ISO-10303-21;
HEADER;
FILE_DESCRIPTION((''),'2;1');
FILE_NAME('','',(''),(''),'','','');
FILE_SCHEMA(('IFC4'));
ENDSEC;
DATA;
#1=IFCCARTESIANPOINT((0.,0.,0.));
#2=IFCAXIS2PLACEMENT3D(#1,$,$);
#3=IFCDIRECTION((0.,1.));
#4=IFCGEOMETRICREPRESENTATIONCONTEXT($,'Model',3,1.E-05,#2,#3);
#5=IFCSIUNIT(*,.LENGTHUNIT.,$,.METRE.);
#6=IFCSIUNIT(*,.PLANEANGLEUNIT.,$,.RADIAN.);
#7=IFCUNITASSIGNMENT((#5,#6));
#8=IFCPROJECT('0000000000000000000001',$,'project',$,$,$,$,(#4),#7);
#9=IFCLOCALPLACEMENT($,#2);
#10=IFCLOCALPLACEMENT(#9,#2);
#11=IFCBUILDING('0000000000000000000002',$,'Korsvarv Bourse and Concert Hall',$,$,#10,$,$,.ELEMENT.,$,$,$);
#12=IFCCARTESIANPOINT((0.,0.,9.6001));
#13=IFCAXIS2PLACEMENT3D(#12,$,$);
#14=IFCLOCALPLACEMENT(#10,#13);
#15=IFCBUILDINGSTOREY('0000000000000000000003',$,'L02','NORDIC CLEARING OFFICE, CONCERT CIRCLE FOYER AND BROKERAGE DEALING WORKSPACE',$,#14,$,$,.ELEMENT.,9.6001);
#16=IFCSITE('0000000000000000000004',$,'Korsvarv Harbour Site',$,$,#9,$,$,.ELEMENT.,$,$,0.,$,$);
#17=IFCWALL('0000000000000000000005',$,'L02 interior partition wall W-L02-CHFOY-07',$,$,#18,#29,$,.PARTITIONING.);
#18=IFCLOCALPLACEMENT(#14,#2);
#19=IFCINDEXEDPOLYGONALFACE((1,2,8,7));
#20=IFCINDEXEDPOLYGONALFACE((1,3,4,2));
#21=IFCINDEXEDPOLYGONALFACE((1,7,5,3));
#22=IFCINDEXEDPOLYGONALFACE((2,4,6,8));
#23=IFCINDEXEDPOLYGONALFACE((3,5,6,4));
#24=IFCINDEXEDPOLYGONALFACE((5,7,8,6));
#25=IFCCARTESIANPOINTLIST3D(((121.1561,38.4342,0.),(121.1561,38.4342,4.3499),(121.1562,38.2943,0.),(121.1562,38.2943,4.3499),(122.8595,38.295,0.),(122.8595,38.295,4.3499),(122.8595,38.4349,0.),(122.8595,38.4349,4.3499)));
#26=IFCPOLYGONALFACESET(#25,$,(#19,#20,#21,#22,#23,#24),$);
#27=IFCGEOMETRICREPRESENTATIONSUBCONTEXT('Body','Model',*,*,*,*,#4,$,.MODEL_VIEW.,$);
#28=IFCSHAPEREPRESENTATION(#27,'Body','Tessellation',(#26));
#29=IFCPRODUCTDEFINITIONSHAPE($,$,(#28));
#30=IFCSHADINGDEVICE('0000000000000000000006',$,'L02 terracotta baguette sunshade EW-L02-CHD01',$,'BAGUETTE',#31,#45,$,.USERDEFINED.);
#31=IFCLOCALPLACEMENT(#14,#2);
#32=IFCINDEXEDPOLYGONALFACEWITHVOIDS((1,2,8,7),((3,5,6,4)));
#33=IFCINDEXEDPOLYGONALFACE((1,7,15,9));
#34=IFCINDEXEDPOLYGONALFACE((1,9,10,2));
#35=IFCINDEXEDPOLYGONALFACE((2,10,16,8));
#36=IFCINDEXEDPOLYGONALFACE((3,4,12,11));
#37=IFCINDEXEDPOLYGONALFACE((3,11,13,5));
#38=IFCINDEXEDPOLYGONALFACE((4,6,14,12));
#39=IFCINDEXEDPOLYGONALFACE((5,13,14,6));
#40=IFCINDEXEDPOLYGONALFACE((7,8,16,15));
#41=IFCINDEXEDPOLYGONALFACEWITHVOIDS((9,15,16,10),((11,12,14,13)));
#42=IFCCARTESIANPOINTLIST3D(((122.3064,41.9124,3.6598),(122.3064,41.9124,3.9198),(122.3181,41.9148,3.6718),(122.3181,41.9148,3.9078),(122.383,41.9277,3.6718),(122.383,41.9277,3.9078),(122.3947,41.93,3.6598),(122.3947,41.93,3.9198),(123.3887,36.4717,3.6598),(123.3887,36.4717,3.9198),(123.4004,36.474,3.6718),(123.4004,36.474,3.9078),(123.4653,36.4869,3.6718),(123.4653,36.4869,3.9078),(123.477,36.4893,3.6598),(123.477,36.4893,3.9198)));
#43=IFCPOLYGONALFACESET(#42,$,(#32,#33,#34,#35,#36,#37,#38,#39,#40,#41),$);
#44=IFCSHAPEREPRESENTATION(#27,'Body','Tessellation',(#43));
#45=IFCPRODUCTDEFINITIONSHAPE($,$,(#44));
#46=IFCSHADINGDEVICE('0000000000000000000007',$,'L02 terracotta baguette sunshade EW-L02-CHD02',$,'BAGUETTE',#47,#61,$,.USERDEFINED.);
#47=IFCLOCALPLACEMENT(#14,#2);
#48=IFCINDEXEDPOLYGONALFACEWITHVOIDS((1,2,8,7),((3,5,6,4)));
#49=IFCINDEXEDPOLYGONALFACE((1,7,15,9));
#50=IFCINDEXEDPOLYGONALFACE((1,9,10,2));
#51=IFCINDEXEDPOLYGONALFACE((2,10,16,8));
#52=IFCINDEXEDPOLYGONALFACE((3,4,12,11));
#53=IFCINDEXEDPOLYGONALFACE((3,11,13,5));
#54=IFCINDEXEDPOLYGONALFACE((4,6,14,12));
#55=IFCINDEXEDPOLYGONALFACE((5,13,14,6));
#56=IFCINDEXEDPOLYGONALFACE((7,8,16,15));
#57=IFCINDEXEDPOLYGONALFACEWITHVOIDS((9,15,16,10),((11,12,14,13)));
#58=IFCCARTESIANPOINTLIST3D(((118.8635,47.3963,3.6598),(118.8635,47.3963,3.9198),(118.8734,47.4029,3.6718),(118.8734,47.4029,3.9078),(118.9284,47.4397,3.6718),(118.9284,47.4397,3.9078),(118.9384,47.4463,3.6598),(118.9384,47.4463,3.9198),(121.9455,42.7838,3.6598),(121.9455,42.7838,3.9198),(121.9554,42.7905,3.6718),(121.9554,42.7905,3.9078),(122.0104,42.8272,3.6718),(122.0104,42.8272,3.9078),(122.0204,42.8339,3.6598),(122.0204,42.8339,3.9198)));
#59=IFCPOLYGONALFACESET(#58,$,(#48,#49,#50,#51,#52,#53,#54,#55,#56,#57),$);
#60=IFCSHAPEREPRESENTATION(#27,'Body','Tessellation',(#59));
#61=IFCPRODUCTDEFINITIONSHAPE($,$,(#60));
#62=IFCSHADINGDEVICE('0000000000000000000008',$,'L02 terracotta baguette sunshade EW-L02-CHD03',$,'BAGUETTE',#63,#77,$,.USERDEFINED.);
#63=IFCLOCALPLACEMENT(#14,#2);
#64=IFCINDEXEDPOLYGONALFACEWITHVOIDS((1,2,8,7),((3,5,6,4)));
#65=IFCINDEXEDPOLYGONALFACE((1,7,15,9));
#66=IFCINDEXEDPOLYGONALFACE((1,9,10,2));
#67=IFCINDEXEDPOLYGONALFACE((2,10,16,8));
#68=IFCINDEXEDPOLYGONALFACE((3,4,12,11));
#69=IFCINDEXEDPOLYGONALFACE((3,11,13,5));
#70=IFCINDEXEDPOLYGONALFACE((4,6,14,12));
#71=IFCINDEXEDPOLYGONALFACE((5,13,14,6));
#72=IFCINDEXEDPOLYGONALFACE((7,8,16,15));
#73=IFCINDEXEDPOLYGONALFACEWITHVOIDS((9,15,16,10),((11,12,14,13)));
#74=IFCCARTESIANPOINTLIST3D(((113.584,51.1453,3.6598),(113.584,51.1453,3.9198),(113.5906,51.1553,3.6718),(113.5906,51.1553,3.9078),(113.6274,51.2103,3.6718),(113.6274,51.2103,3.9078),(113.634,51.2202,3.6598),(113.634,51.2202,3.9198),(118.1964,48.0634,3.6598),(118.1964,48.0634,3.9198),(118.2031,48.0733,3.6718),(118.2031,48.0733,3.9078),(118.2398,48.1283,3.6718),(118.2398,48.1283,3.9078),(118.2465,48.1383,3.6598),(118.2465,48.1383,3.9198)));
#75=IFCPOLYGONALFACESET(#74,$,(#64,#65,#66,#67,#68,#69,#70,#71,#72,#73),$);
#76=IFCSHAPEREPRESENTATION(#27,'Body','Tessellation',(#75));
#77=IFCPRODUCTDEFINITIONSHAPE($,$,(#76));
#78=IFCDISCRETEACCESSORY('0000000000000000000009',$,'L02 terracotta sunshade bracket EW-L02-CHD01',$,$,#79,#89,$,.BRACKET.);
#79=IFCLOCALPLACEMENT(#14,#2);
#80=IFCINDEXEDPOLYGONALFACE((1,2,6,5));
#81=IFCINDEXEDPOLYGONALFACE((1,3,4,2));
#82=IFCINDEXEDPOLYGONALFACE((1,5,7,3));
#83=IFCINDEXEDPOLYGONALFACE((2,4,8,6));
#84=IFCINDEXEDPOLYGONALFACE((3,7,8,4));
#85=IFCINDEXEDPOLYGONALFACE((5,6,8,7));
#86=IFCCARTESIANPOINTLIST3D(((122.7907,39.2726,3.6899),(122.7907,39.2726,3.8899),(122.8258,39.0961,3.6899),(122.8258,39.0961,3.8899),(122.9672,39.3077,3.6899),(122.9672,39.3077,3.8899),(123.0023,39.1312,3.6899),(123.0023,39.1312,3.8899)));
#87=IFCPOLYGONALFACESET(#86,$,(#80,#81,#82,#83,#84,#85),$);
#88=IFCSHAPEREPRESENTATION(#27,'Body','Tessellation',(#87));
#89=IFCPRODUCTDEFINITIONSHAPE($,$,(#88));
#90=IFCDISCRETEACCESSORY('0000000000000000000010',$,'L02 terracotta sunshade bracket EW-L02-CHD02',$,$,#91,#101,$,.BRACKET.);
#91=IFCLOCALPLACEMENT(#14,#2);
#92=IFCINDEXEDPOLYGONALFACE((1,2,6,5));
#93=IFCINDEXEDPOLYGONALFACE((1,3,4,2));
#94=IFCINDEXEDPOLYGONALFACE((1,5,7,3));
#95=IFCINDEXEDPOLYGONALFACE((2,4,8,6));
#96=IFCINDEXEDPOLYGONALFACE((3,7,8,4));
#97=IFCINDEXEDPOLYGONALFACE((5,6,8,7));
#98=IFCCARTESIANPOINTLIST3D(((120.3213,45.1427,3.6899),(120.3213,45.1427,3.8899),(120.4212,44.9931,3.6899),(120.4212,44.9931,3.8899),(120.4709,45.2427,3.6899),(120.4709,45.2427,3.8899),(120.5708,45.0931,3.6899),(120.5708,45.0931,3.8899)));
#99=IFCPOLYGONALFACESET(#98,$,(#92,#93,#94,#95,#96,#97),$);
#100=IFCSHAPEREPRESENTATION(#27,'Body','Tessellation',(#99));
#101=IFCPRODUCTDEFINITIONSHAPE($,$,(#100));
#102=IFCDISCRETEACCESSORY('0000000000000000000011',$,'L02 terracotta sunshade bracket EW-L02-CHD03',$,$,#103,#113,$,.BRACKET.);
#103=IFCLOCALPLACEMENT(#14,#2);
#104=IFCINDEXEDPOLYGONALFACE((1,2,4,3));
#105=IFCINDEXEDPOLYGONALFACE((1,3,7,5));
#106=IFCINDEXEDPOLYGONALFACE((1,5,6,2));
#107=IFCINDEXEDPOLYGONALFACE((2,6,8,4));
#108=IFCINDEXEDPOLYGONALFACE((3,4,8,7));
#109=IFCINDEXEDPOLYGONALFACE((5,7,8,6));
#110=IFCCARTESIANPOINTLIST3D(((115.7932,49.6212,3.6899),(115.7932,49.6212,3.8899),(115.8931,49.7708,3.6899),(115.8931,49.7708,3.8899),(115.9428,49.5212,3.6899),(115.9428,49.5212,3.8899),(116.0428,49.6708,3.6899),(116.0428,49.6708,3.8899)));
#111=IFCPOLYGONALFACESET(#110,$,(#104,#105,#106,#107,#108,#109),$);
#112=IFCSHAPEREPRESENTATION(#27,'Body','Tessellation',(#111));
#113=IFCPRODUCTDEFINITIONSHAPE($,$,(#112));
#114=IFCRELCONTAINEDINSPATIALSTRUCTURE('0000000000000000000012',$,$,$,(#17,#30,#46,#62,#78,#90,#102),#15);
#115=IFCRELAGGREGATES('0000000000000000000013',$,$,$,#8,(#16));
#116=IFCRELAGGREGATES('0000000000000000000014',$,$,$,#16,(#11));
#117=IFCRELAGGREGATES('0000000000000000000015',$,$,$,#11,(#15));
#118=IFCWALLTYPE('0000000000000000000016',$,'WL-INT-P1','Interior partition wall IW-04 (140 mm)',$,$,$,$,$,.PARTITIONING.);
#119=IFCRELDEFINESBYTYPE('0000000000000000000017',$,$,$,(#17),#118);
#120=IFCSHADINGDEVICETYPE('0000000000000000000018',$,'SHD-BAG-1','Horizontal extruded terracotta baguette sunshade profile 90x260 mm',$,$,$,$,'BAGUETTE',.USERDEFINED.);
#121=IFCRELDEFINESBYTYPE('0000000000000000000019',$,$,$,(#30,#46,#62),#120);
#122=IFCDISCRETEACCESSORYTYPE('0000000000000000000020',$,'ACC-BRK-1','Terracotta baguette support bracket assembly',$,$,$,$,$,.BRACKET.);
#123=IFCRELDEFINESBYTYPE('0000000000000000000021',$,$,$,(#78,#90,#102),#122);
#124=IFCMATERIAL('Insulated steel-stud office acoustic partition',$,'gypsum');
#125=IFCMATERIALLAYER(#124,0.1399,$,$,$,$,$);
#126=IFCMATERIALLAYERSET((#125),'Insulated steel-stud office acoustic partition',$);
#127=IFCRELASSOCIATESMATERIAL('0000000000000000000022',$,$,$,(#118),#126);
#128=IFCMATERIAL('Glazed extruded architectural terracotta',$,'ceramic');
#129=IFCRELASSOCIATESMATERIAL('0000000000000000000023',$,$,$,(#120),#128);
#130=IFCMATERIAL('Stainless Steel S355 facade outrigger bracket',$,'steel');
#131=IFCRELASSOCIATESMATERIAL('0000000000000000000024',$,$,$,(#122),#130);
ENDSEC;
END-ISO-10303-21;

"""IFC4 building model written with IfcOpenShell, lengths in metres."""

from ifc_helpers import new_model, si_unit, direction, frame, frame_2d, origin, origin_2d, place, context, subcontext, project, spatial, rectangle, hollow_rectangle, extrude, source, transform, mapped, material, layer, layer_set, material_profile, profile_set, type_object, element, save


model = new_model("IFC4")

# Units and contexts
model_context = context("Model", 3, precision=1e-05, world=origin(), true_north=direction((0.0, 1.0)))
body_context = subcontext(model_context, "Body", "Model", "MODEL_VIEW")
ifc_project = project(units=[si_unit("LENGTHUNIT", "METRE"), si_unit("PLANEANGLEUNIT", "RADIAN")], contexts=[model_context])

# Site, building, storey
site_placement = place(None, origin())
site = spatial("IfcSite", under=ifc_project, at=site_placement, Name="Korsvarv Harbour Site", CompositionType="ELEMENT", RefElevation=0.0)
building_placement = place(site_placement, origin())
building = spatial("IfcBuilding", under=site, at=building_placement, Name="Korsvarv Bourse and Concert Hall", CompositionType="ELEMENT")
storey_placement = place(building_placement, frame((0.0, 0.0, 9.6001)))
storey = spatial("IfcBuildingStorey", under=building, at=storey_placement, Name="L02", Description="NORDIC CLEARING OFFICE, CONCERT CIRCLE FOYER AND BROKERAGE DEALING WORKSPACE", CompositionType="ELEMENT", Elevation=9.6001)

# Wall
ifc_material_1 = material(Name="Insulated steel-stud office acoustic partition", Category="gypsum")
ifc_layer_1 = layer(ifc_material_1, 0.1399)
ifc_layer_set_1 = layer_set([ifc_layer_1], Name="Insulated steel-stud office acoustic partition")
wall_type_1 = type_object("IfcWallType", Name="WL-INT-P1", Description="Interior partition wall IW-04 (140 mm)", PredefinedType="PARTITIONING", material=ifc_layer_set_1)
wall_1_placement = place(storey_placement, frame((121.1562, 38.3643, 0.0), z_axis=(0.0, 0.0, 1.0), x_axis=(1.0, 0.00043, 0.0)))
element("IfcWall", 1, at=wall_1_placement, inside=storey, type_object=wall_type_1, Name="L02 interior partition wall W-L02-CHFOY-07", PredefinedType="PARTITIONING", context=body_context, shape_type="SweptSolid", body=[
    extrude(rectangle(XDim=1.7034, YDim=0.1399, at=frame_2d((0.8516, 0.0))), origin(), (0.0, 0.0, 1.0), 4.3499),
])

# Shading devices
ifc_material_2 = material(Name="Glazed extruded architectural terracotta", Category="ceramic")
ifc_material_profile_1 = material_profile(ifc_material_2, hollow_rectangle(XDim=0.0901, YDim=0.26, WallThickness=0.012, at=origin_2d()), Name="TC-BAG 90x260")
ifc_profile_set_1 = profile_set([ifc_material_profile_1], Name="Glazed extruded architectural terracotta")
shading_device_type = type_object("IfcShadingDeviceType", Name="SHD-BAG-1", Description="Horizontal extruded terracotta baguette sunshade profile 90x260 mm", ElementType="BAGUETTE", PredefinedType="USERDEFINED", material=ifc_profile_set_1)
shared_shape_1 = source(origin(), body_context, "Body", "SweptSolid", [
    extrude(hollow_rectangle(XDim=0.0901, YDim=0.26, WallThickness=0.012, at=origin_2d()), origin(), (0.0, 0.0, 1.0), 5.5474),
])
for number, where, z_axis, x_axis, name in (
    (2, (123.4329, 36.4805, 3.7898), (-0.1951, 0.980783, 0.0), (-0.980783, -0.1951, 0.0), "L02 terracotta baguette sunshade EW-L02-CHD01"),
    (3, (121.9829, 42.8088, 3.7898), (-0.555573, 0.831468, 0.0), (-0.831468, -0.555573, 0.0), "L02 terracotta baguette sunshade EW-L02-CHD02"),
    (4, (118.2214, 48.1008, 3.7898), (-0.831468, 0.555573, 0.0), (-0.555573, -0.831468, 0.0), "L02 terracotta baguette sunshade EW-L02-CHD03"),
):
    element("IfcShadingDevice", number, at=place(storey_placement, frame(where, z_axis=z_axis, x_axis=x_axis)), inside=storey, type_object=shading_device_type, Name=name, ObjectType="BAGUETTE", PredefinedType="USERDEFINED", context=body_context, shape_type="MappedRepresentation", body=[
        mapped(shared_shape_1, transform((0.0, 0.0, 0.0), scale=1.0)),
    ])

# Discrete accessories
ifc_material_3 = material(Name="Stainless Steel S355 facade outrigger bracket", Category="steel")
discrete_accessory_type = type_object("IfcDiscreteAccessoryType", Name="ACC-BRK-1", Description="Terracotta baguette support bracket assembly", PredefinedType="BRACKET", material=ifc_material_3)
shared_shape_2 = source(origin(), body_context, "Body", "SweptSolid", [
    extrude(rectangle(XDim=0.1799, YDim=0.1799, at=origin_2d()), origin(), (0.0, 0.0, 1.0), 0.2),
])
for number, where, z_axis, x_axis, name in (
    (5, (122.8965, 39.2019, 3.6899), (0.0, 0.0, 1.0), (-0.19509, 0.980785, 0.0), "L02 terracotta sunshade bracket EW-L02-CHD01"),
    (6, (120.446, 45.1179, 3.6899), (0.0, 0.0, 1.0), (-0.55557, 0.83147, 0.0), "L02 terracotta sunshade bracket EW-L02-CHD02"),
    (7, (115.918, 49.646, 3.6899), (0.0, 0.0, 1.0), (-0.83147, 0.55557, 0.0), "L02 terracotta sunshade bracket EW-L02-CHD03"),
):
    element("IfcDiscreteAccessory", number, at=place(storey_placement, frame(where, z_axis=z_axis, x_axis=x_axis)), inside=storey, type_object=discrete_accessory_type, Name=name, PredefinedType="BRACKET", context=body_context, shape_type="MappedRepresentation", body=[
        mapped(shared_shape_2, transform((0.0, 0.0, 0.0), scale=1.0)),
    ])

save(model, "model.ifc")
